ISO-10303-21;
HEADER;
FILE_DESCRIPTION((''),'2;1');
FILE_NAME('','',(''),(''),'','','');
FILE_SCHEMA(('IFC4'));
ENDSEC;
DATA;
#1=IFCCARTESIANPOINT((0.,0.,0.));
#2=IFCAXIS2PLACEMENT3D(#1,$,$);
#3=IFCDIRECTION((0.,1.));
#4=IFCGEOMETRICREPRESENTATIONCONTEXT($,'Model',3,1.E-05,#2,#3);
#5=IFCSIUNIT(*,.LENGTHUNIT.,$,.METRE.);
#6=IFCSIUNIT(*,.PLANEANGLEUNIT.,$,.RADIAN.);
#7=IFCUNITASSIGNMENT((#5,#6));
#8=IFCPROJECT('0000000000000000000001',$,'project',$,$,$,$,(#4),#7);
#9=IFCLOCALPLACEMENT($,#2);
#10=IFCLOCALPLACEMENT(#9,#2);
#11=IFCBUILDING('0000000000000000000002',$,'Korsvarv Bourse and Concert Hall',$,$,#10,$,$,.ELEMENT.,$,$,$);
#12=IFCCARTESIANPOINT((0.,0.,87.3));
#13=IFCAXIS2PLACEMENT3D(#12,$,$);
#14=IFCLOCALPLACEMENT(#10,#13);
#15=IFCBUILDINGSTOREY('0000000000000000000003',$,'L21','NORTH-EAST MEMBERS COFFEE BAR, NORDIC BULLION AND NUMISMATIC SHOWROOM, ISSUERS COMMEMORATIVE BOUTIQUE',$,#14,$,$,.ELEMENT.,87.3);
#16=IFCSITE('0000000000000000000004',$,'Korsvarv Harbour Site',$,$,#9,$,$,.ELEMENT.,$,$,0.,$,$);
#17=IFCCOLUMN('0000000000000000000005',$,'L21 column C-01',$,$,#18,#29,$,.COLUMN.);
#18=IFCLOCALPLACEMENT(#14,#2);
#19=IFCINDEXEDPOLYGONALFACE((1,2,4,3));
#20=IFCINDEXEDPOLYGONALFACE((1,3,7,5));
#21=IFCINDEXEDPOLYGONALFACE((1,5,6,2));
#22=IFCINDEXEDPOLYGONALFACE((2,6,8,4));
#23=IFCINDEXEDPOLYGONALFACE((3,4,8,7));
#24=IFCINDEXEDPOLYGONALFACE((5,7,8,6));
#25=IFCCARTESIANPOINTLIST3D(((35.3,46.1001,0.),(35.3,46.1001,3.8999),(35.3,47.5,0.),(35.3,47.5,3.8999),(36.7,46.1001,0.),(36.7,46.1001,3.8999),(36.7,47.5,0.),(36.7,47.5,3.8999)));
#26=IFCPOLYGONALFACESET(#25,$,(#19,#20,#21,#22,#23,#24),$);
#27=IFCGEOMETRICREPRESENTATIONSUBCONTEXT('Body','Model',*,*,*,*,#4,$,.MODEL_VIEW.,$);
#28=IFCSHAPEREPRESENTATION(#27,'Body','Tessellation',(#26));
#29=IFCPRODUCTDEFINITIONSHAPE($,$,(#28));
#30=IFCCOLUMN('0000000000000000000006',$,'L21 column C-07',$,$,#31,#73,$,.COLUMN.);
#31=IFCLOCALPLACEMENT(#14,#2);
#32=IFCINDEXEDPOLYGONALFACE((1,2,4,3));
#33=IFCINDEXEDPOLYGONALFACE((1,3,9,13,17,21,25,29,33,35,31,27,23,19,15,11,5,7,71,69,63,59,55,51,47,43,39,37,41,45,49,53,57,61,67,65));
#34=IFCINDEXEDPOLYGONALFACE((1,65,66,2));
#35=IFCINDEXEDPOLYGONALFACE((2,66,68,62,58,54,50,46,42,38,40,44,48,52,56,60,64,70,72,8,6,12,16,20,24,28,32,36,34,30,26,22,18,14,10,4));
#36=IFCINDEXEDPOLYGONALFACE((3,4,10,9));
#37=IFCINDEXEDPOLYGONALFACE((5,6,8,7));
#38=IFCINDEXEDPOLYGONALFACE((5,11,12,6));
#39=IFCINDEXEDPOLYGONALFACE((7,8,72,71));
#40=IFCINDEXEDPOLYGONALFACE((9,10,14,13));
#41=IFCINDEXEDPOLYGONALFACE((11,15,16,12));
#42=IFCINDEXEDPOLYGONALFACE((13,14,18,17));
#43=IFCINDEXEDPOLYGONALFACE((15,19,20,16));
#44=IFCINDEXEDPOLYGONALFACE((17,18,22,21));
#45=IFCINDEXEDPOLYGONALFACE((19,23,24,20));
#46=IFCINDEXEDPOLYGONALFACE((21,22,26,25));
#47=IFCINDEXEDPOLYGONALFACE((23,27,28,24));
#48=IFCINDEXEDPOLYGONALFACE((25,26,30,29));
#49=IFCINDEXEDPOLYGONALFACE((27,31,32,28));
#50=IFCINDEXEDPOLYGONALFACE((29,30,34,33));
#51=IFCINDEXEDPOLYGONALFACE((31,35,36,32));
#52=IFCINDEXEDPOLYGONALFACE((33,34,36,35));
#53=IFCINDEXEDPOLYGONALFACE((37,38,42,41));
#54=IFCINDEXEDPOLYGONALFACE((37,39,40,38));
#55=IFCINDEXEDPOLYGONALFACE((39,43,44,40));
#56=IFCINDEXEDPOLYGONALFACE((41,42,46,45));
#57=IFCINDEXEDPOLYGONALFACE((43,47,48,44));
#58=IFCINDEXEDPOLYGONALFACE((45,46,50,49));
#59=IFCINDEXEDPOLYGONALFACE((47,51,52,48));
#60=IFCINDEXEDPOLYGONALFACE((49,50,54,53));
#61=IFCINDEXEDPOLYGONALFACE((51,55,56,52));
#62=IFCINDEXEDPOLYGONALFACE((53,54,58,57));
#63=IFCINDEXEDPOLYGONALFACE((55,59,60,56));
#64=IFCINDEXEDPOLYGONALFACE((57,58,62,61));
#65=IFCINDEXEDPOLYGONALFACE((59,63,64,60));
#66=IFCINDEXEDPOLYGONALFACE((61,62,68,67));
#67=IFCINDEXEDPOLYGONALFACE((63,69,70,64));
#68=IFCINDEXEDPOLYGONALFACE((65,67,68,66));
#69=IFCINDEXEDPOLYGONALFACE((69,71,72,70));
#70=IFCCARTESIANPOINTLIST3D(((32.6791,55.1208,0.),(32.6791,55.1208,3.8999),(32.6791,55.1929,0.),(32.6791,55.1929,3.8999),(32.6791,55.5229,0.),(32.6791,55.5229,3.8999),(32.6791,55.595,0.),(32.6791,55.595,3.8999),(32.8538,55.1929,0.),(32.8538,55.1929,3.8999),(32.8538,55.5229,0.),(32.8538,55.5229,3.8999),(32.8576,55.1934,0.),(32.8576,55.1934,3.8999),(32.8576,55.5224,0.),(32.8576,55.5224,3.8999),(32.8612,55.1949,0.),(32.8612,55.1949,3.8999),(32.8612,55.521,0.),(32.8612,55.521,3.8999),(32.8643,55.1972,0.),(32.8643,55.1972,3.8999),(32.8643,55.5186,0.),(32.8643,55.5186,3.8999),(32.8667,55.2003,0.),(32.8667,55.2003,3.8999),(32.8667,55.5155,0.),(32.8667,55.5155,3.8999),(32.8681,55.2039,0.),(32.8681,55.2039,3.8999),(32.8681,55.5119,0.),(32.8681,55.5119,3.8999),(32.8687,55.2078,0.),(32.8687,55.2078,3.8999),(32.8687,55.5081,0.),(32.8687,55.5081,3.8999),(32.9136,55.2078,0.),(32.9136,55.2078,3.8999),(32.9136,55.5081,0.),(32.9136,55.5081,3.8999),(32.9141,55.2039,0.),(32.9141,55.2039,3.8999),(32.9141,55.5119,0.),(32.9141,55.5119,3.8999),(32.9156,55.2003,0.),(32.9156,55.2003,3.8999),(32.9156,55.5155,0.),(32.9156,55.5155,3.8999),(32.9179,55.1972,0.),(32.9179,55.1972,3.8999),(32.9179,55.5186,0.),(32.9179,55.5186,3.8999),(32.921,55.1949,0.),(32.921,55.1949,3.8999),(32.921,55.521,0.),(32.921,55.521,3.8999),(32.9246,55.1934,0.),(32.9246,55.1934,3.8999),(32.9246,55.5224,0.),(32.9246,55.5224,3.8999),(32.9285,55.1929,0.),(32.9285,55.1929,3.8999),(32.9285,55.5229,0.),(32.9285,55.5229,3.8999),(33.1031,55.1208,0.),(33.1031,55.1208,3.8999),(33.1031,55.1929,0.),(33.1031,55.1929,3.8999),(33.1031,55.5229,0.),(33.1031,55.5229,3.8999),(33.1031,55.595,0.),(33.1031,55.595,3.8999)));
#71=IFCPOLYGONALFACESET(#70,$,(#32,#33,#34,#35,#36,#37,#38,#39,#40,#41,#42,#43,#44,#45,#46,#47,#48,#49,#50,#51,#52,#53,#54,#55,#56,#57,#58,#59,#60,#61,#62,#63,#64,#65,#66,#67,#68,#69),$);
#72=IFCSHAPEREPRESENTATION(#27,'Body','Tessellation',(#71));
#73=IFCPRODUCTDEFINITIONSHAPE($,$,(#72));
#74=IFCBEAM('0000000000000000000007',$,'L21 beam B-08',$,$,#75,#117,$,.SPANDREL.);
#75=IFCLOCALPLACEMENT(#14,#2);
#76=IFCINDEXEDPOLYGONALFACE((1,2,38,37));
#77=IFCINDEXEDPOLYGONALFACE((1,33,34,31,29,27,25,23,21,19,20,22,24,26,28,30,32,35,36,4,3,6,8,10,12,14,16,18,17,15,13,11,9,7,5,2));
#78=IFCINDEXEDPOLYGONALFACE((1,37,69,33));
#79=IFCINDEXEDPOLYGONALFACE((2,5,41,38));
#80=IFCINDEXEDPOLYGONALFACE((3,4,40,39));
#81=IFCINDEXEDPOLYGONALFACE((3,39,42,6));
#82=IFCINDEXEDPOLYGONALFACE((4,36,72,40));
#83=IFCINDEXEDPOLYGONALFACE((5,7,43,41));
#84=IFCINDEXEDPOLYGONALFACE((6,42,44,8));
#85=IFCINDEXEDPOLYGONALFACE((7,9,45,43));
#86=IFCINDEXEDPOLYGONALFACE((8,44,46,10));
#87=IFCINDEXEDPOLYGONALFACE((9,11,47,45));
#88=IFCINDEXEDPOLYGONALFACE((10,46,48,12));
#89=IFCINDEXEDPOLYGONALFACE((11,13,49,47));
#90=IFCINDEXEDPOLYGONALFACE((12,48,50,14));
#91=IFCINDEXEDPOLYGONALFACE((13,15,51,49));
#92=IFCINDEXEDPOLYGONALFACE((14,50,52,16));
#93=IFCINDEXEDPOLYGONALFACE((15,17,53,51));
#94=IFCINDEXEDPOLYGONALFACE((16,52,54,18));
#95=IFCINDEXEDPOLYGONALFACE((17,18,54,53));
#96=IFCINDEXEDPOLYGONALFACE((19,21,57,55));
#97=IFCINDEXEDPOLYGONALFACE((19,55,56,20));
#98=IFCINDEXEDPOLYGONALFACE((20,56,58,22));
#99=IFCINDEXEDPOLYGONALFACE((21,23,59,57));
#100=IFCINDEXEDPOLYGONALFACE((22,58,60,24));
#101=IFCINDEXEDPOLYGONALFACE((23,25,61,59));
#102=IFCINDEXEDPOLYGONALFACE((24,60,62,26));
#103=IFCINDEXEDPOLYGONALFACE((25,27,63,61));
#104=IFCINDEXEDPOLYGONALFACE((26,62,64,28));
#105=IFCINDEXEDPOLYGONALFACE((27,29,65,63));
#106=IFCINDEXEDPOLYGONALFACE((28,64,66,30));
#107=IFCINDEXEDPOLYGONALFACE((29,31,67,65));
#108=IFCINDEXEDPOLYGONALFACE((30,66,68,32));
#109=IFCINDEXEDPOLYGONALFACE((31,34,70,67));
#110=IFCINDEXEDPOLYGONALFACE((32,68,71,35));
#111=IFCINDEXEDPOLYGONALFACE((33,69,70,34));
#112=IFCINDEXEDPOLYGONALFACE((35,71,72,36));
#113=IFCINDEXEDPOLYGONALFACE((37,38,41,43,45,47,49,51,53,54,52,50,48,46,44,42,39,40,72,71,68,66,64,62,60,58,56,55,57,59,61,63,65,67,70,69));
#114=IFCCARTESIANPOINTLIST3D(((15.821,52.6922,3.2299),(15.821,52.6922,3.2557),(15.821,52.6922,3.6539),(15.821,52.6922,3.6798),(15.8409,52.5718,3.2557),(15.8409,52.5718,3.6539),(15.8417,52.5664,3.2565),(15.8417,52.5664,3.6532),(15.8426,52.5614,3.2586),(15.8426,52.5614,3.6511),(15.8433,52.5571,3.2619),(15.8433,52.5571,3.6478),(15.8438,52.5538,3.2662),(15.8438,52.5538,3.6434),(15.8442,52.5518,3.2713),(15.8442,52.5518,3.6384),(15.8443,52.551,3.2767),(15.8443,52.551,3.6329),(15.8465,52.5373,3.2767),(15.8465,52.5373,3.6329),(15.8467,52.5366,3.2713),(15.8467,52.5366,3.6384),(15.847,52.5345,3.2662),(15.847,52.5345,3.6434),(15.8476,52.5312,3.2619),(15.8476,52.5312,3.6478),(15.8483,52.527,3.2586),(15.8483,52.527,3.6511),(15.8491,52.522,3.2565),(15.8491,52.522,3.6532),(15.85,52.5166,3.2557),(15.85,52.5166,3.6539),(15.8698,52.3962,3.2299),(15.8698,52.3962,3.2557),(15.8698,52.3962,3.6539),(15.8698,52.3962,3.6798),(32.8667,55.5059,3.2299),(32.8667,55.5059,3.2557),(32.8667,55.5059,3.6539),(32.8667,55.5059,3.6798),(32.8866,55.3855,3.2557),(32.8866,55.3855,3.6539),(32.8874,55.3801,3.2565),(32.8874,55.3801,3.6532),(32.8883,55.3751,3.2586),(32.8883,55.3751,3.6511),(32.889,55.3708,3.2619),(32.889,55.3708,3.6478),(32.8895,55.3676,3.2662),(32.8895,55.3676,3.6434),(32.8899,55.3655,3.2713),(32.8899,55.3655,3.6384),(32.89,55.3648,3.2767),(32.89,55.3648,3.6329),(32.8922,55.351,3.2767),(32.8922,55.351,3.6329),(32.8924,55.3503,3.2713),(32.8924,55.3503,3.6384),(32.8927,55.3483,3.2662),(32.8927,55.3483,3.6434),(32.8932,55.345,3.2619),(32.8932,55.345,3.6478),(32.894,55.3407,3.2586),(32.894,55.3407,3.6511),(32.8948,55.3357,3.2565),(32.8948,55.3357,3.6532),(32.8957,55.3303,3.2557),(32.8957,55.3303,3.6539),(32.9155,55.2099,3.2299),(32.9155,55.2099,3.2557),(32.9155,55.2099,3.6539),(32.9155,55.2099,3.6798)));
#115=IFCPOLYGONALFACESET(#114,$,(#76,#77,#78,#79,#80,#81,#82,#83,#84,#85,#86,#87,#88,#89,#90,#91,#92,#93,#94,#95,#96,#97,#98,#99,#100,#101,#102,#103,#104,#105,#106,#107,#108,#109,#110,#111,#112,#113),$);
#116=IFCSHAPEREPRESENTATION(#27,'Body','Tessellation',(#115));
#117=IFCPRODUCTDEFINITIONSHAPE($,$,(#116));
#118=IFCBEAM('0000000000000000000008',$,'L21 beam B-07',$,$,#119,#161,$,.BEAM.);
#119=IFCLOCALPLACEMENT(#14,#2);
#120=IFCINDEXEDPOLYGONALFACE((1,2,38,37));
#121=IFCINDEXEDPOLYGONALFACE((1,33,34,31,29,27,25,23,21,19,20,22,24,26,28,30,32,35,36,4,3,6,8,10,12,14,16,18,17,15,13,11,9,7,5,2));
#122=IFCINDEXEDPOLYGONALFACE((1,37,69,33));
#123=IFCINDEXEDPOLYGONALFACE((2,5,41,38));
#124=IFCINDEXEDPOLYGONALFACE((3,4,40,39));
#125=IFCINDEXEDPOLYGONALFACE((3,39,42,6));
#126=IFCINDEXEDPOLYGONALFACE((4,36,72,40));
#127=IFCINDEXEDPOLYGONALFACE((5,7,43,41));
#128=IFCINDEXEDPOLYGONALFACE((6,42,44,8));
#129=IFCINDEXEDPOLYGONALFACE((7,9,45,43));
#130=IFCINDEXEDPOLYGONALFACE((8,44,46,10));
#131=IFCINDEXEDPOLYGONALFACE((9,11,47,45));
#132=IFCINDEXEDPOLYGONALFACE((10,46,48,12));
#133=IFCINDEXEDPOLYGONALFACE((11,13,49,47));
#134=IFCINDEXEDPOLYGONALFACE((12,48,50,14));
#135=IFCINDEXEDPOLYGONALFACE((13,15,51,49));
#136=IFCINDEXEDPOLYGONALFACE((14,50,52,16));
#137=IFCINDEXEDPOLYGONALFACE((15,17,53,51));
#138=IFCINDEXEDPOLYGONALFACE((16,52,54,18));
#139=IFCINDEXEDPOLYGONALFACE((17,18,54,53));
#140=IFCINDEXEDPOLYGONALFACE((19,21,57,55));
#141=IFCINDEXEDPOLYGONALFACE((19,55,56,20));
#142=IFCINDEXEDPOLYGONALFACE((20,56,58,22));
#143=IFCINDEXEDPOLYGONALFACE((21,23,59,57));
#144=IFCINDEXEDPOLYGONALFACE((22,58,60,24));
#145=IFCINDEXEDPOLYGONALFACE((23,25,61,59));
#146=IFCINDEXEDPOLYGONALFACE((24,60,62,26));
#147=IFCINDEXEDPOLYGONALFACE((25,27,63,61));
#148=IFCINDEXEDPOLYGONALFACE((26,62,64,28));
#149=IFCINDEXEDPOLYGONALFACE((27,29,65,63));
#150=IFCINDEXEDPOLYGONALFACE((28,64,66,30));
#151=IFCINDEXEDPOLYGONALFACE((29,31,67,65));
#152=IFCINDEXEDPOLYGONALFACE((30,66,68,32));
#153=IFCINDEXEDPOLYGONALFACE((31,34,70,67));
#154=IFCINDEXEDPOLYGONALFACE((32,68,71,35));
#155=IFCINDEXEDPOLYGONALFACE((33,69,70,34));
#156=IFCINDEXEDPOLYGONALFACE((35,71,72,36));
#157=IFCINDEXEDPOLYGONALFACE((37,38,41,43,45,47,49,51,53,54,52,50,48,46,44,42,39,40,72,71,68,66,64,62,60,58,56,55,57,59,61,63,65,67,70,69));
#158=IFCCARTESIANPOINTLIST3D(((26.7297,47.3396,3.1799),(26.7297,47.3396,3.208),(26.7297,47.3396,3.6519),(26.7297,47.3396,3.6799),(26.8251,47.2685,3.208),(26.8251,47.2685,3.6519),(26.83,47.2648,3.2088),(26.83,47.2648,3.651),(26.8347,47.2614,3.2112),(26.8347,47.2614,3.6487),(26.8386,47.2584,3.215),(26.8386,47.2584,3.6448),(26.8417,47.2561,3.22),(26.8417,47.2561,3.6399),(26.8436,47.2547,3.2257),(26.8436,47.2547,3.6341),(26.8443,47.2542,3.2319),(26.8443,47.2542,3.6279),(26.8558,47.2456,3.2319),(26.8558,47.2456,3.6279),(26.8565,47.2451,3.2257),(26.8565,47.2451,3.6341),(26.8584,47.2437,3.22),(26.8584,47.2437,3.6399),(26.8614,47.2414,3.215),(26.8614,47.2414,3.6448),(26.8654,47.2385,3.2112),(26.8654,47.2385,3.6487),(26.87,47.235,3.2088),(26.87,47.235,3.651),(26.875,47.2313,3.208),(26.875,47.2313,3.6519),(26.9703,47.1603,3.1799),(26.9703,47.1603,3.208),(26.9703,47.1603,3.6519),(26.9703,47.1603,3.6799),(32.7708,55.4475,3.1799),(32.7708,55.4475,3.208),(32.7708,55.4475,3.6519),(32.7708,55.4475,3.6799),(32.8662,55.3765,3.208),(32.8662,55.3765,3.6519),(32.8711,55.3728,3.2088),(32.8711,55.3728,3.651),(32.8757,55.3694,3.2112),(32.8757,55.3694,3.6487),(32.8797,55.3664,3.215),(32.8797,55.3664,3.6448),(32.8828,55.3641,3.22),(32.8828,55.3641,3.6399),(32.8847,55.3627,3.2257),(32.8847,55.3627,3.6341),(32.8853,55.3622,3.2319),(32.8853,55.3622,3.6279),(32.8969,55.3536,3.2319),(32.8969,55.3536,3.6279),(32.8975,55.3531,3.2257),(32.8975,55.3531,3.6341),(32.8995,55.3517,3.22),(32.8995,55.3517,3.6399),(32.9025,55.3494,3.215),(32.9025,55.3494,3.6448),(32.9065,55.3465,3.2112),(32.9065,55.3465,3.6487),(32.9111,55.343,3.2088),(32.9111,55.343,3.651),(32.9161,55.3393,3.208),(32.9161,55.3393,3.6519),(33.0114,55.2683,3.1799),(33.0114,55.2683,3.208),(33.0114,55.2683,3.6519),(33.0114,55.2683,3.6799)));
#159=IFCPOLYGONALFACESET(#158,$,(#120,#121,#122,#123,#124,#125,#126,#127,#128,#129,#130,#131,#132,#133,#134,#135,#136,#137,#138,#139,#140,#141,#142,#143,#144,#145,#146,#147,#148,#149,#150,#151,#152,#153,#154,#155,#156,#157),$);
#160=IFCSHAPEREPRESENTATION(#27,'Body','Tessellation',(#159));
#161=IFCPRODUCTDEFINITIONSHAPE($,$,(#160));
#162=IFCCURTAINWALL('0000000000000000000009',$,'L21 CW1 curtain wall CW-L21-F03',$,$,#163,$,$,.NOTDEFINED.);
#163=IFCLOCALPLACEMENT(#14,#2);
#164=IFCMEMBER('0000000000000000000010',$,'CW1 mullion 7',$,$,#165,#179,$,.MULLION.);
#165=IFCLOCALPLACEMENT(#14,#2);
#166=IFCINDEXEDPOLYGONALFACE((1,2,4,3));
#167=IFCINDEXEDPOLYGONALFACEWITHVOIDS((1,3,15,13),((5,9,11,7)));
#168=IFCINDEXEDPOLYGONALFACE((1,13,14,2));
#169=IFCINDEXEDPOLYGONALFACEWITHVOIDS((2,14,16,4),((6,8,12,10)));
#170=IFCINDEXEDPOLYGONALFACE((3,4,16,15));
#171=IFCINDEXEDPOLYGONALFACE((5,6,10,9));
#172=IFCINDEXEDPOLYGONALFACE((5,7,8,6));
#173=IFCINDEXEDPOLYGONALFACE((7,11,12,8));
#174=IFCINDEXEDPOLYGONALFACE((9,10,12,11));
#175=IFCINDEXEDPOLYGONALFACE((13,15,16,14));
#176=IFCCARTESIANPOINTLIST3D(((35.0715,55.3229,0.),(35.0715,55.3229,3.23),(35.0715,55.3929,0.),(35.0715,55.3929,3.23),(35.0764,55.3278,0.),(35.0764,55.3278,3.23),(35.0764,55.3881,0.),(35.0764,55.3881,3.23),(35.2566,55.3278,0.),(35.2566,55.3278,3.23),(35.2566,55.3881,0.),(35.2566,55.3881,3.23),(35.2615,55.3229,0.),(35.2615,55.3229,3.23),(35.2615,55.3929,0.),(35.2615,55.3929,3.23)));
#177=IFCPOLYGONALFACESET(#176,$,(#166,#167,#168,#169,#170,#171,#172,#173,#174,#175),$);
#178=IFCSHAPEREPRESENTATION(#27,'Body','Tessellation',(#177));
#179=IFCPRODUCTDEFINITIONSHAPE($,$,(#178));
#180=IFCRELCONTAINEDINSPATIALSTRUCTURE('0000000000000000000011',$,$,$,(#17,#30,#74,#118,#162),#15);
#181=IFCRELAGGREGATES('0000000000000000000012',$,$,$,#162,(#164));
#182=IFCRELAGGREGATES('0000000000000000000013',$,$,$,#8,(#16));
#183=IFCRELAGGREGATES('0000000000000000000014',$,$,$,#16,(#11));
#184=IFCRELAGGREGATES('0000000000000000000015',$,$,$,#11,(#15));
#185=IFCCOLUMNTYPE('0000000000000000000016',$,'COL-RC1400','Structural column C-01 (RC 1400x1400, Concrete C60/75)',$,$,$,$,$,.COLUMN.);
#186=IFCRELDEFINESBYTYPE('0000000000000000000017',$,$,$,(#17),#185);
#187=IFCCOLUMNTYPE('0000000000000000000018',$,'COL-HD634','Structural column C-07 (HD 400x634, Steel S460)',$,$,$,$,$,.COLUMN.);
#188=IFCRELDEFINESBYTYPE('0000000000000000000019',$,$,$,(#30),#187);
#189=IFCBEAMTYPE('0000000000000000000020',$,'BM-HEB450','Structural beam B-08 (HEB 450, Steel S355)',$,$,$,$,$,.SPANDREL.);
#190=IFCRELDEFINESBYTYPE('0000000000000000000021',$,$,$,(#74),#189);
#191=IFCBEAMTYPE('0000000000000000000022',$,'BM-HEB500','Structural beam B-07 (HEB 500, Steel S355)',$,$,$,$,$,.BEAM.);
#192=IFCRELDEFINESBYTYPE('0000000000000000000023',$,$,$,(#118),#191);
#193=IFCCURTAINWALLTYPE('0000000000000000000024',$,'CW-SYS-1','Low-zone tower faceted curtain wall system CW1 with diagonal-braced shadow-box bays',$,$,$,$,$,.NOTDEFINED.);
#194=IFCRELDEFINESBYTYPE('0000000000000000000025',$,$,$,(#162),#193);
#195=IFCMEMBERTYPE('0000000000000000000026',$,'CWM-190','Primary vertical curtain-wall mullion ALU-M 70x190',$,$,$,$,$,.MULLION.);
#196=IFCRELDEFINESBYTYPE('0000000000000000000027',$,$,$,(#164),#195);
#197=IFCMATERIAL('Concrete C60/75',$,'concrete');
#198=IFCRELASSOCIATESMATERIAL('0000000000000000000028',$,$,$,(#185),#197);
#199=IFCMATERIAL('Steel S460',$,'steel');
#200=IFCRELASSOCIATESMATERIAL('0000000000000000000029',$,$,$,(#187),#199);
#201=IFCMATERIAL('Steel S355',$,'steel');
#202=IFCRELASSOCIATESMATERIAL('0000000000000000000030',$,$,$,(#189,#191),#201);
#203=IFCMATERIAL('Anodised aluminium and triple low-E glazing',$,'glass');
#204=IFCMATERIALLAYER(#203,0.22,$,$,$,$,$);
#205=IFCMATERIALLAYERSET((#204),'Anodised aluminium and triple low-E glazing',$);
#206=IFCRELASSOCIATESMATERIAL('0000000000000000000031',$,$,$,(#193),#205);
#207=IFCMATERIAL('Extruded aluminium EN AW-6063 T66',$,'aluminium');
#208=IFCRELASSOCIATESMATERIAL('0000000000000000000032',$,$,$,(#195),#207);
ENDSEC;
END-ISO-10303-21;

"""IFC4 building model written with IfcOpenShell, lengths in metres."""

from ifc_helpers import new_model, si_unit, direction, frame, origin, origin_2d, place, context, subcontext, project, spatial, rectangle, hollow_rectangle, i_section, extrude, source, transform, mapped, material, layer, layer_set, material_profile, profile_set, type_object, element, aggregate, save


model = new_model("IFC4")

# Units and contexts
model_context = context("Model", 3, precision=1e-05, world=origin(), true_north=direction((0.0, 1.0)))
body_context = subcontext(model_context, "Body", "Model", "MODEL_VIEW")
ifc_project = project(units=[si_unit("LENGTHUNIT", "METRE"), si_unit("PLANEANGLEUNIT", "RADIAN")], contexts=[model_context])

# Site, building, storey
site_placement = place(None, origin())
site = spatial("IfcSite", under=ifc_project, at=site_placement, Name="Korsvarv Harbour Site", CompositionType="ELEMENT", RefElevation=0.0)
building_placement = place(site_placement, origin())
building = spatial("IfcBuilding", under=site, at=building_placement, Name="Korsvarv Bourse and Concert Hall", CompositionType="ELEMENT")
storey_placement = place(building_placement, frame((0.0, 0.0, 87.3)))
storey = spatial("IfcBuildingStorey", under=building, at=storey_placement, Name="L21", Description="NORTH-EAST MEMBERS COFFEE BAR, NORDIC BULLION AND NUMISMATIC SHOWROOM, ISSUERS COMMEMORATIVE BOUTIQUE", CompositionType="ELEMENT", Elevation=87.3)

# Columns
ifc_material_1 = material(Name="Concrete C60/75", Category="concrete")
ifc_material_profile_1 = material_profile(ifc_material_1, rectangle(XDim=1.3999, YDim=1.3999, at=origin_2d()), Name="RC 1400x1400")
ifc_profile_set_1 = profile_set([ifc_material_profile_1], Name="Concrete C60/75")
column_type_1 = type_object("IfcColumnType", Name="COL-RC1400", Description="Structural column C-01 (RC 1400x1400, Concrete C60/75)", PredefinedType="COLUMN", material=ifc_profile_set_1)
shared_shape_1 = source(origin(), body_context, "Body", "SweptSolid", [
    extrude(rectangle(XDim=1.3999, YDim=1.3999, at=origin_2d()), origin(), (0.0, 0.0, 1.0), 3.8999),
])
column_1_placement = place(storey_placement, frame((36.0, 46.8, 0.0), z_axis=(0.0, 0.0, 1.0), x_axis=(1.0, 0.0, 0.0)))
element("IfcColumn", 1, at=column_1_placement, inside=storey, type_object=column_type_1, Name="L21 column C-01", PredefinedType="COLUMN", context=body_context, shape_type="MappedRepresentation", body=[
    mapped(shared_shape_1, transform((0.0, 0.0, 0.0), scale=1.0)),
])
ifc_material_2 = material(Name="Steel S460", Category="steel")
ifc_material_profile_2 = material_profile(ifc_material_2, i_section(OverallWidth=0.4241, OverallDepth=0.4741, WebThickness=0.0449, FlangeThickness=0.072, FilletRadius=0.0149, at=origin_2d()), Name="HD 400x634")
ifc_profile_set_2 = profile_set([ifc_material_profile_2], Name="Steel S460")
column_type_2 = type_object("IfcColumnType", Name="COL-HD634", Description="Structural column C-07 (HD 400x634, Steel S460)", PredefinedType="COLUMN", material=ifc_profile_set_2)
shared_shape_2 = source(origin(), body_context, "Body", "SweptSolid", [
    extrude(i_section(OverallWidth=0.4241, OverallDepth=0.4741, WebThickness=0.0449, FlangeThickness=0.072, FilletRadius=0.0149, at=origin_2d()), origin(), (0.0, 0.0, 1.0), 3.8999),
])
column_2_placement = place(storey_placement, frame((32.8911, 55.3579, 0.0), z_axis=(0.0, 0.0, 1.0), x_axis=(1.0, 0.0, 0.0)))
element("IfcColumn", 2, at=column_2_placement, inside=storey, type_object=column_type_2, Name="L21 column C-07", PredefinedType="COLUMN", context=body_context, shape_type="MappedRepresentation", body=[
    mapped(shared_shape_2, transform((0.0, 0.0, 0.0), scale=1.0)),
])

# Beams
ifc_material_3 = material(Name="Steel S355", Category="steel")
ifc_material_profile_3 = material_profile(ifc_material_3, i_section(OverallWidth=0.3, OverallDepth=0.45, WebThickness=0.0139, FlangeThickness=0.0259, FilletRadius=0.021, at=origin_2d()), Name="HEB 450")
ifc_profile_set_3 = profile_set([ifc_material_profile_3], Name="Steel S355")
beam_type_1 = type_object("IfcBeamType", Name="BM-HEB450", Description="Structural beam B-08 (HEB 450, Steel S355)", PredefinedType="SPANDREL", material=ifc_profile_set_3)
shared_shape_3 = source(origin(), body_context, "Body", "SweptSolid", [
    extrude(i_section(OverallWidth=0.3, OverallDepth=0.45, WebThickness=0.0139, FlangeThickness=0.0259, FilletRadius=0.021, at=origin_2d()), origin(), (0.0, 0.0, 1.0), 17.2764),
])
beam_1_placement = place(storey_placement, frame((32.8911, 55.3579, 3.4548), z_axis=(-0.986648, -0.162866, 0.0), x_axis=(0.162866, -0.986648, 0.0)))
element("IfcBeam", 3, at=beam_1_placement, inside=storey, type_object=beam_type_1, Name="L21 beam B-08", PredefinedType="SPANDREL", context=body_context, shape_type="MappedRepresentation", body=[
    mapped(shared_shape_3, transform((0.0, 0.0, 0.0), scale=1.0)),
])
ifc_material_profile_4 = material_profile(ifc_material_3, i_section(OverallWidth=0.3, OverallDepth=0.5, WebThickness=0.0144, FlangeThickness=0.0281, FilletRadius=0.0239, at=origin_2d()), Name="HEB 500")
ifc_profile_set_4 = profile_set([ifc_material_profile_4], Name="Steel S355")
beam_type_2 = type_object("IfcBeamType", Name="BM-HEB500", Description="Structural beam B-07 (HEB 500, Steel S355)", PredefinedType="BEAM", material=ifc_profile_set_4)
shared_shape_4 = source(origin(), body_context, "Body", "SweptSolid", [
    extrude(i_section(OverallWidth=0.3, OverallDepth=0.5, WebThickness=0.0144, FlangeThickness=0.0281, FilletRadius=0.0239, at=origin_2d()), origin(), (0.0, 0.0, 1.0), 10.1111),
])
beam_2_placement = place(storey_placement, frame((32.8911, 55.3579, 3.4299), z_axis=(-0.59747, -0.801891, 0.0), x_axis=(0.801891, -0.59747, 0.0)))
element("IfcBeam", 4, at=beam_2_placement, inside=storey, type_object=beam_type_2, Name="L21 beam B-07", PredefinedType="BEAM", context=body_context, shape_type="MappedRepresentation", body=[
    mapped(shared_shape_4, transform((0.0, 0.0, 0.0), scale=1.0)),
])

# Curtain wall, member
ifc_material_4 = material(Name="Anodised aluminium and triple low-E glazing", Category="glass")
ifc_layer_1 = layer(ifc_material_4, 0.22)
ifc_layer_set_1 = layer_set([ifc_layer_1], Name="Anodised aluminium and triple low-E glazing")
curtain_wall_type = type_object("IfcCurtainWallType", Name="CW-SYS-1", Description="Low-zone tower faceted curtain wall system CW1 with diagonal-braced shadow-box bays", PredefinedType="NOTDEFINED", material=ifc_layer_set_1)
curtain_wall_placement = place(storey_placement, origin())
curtain_wall = element("IfcCurtainWall", 5, at=curtain_wall_placement, inside=storey, type_object=curtain_wall_type, Name="L21 CW1 curtain wall CW-L21-F03", PredefinedType="NOTDEFINED")
ifc_material_5 = material(Name="Extruded aluminium EN AW-6063 T66", Category="aluminium")
ifc_material_profile_5 = material_profile(ifc_material_5, hollow_rectangle(XDim=0.0701, YDim=0.1899, WallThickness=0.0049, at=origin_2d()), Name="ALU-M 70x190")
ifc_profile_set_5 = profile_set([ifc_material_profile_5], Name="Extruded aluminium EN AW-6063 T66")
member_type_1 = type_object("IfcMemberType", Name="CWM-190", Description="Primary vertical curtain-wall mullion ALU-M 70x190", PredefinedType="MULLION", material=ifc_profile_set_5)
shared_shape_5 = source(origin(), body_context, "Body", "SweptSolid", [
    extrude(hollow_rectangle(XDim=0.0701, YDim=0.1899, WallThickness=0.0049, at=origin_2d()), origin(), (0.0, 0.0, 1.0), 3.23),
])
member_1_placement = place(storey_placement, frame((35.1665, 55.3579, 0.0), z_axis=(0.0, 0.0, 1.0), x_axis=(0.0, -1.0, 0.0)))
member_1 = element("IfcMember", 6, at=member_1_placement, type_object=member_type_1, Name="CW1 mullion 7", PredefinedType="MULLION", context=body_context, shape_type="MappedRepresentation", body=[
    mapped(shared_shape_5, transform((0.0, 0.0, 0.0), scale=1.0)),
])
aggregate(curtain_wall, [member_1])

save(model, "model.ifc")
